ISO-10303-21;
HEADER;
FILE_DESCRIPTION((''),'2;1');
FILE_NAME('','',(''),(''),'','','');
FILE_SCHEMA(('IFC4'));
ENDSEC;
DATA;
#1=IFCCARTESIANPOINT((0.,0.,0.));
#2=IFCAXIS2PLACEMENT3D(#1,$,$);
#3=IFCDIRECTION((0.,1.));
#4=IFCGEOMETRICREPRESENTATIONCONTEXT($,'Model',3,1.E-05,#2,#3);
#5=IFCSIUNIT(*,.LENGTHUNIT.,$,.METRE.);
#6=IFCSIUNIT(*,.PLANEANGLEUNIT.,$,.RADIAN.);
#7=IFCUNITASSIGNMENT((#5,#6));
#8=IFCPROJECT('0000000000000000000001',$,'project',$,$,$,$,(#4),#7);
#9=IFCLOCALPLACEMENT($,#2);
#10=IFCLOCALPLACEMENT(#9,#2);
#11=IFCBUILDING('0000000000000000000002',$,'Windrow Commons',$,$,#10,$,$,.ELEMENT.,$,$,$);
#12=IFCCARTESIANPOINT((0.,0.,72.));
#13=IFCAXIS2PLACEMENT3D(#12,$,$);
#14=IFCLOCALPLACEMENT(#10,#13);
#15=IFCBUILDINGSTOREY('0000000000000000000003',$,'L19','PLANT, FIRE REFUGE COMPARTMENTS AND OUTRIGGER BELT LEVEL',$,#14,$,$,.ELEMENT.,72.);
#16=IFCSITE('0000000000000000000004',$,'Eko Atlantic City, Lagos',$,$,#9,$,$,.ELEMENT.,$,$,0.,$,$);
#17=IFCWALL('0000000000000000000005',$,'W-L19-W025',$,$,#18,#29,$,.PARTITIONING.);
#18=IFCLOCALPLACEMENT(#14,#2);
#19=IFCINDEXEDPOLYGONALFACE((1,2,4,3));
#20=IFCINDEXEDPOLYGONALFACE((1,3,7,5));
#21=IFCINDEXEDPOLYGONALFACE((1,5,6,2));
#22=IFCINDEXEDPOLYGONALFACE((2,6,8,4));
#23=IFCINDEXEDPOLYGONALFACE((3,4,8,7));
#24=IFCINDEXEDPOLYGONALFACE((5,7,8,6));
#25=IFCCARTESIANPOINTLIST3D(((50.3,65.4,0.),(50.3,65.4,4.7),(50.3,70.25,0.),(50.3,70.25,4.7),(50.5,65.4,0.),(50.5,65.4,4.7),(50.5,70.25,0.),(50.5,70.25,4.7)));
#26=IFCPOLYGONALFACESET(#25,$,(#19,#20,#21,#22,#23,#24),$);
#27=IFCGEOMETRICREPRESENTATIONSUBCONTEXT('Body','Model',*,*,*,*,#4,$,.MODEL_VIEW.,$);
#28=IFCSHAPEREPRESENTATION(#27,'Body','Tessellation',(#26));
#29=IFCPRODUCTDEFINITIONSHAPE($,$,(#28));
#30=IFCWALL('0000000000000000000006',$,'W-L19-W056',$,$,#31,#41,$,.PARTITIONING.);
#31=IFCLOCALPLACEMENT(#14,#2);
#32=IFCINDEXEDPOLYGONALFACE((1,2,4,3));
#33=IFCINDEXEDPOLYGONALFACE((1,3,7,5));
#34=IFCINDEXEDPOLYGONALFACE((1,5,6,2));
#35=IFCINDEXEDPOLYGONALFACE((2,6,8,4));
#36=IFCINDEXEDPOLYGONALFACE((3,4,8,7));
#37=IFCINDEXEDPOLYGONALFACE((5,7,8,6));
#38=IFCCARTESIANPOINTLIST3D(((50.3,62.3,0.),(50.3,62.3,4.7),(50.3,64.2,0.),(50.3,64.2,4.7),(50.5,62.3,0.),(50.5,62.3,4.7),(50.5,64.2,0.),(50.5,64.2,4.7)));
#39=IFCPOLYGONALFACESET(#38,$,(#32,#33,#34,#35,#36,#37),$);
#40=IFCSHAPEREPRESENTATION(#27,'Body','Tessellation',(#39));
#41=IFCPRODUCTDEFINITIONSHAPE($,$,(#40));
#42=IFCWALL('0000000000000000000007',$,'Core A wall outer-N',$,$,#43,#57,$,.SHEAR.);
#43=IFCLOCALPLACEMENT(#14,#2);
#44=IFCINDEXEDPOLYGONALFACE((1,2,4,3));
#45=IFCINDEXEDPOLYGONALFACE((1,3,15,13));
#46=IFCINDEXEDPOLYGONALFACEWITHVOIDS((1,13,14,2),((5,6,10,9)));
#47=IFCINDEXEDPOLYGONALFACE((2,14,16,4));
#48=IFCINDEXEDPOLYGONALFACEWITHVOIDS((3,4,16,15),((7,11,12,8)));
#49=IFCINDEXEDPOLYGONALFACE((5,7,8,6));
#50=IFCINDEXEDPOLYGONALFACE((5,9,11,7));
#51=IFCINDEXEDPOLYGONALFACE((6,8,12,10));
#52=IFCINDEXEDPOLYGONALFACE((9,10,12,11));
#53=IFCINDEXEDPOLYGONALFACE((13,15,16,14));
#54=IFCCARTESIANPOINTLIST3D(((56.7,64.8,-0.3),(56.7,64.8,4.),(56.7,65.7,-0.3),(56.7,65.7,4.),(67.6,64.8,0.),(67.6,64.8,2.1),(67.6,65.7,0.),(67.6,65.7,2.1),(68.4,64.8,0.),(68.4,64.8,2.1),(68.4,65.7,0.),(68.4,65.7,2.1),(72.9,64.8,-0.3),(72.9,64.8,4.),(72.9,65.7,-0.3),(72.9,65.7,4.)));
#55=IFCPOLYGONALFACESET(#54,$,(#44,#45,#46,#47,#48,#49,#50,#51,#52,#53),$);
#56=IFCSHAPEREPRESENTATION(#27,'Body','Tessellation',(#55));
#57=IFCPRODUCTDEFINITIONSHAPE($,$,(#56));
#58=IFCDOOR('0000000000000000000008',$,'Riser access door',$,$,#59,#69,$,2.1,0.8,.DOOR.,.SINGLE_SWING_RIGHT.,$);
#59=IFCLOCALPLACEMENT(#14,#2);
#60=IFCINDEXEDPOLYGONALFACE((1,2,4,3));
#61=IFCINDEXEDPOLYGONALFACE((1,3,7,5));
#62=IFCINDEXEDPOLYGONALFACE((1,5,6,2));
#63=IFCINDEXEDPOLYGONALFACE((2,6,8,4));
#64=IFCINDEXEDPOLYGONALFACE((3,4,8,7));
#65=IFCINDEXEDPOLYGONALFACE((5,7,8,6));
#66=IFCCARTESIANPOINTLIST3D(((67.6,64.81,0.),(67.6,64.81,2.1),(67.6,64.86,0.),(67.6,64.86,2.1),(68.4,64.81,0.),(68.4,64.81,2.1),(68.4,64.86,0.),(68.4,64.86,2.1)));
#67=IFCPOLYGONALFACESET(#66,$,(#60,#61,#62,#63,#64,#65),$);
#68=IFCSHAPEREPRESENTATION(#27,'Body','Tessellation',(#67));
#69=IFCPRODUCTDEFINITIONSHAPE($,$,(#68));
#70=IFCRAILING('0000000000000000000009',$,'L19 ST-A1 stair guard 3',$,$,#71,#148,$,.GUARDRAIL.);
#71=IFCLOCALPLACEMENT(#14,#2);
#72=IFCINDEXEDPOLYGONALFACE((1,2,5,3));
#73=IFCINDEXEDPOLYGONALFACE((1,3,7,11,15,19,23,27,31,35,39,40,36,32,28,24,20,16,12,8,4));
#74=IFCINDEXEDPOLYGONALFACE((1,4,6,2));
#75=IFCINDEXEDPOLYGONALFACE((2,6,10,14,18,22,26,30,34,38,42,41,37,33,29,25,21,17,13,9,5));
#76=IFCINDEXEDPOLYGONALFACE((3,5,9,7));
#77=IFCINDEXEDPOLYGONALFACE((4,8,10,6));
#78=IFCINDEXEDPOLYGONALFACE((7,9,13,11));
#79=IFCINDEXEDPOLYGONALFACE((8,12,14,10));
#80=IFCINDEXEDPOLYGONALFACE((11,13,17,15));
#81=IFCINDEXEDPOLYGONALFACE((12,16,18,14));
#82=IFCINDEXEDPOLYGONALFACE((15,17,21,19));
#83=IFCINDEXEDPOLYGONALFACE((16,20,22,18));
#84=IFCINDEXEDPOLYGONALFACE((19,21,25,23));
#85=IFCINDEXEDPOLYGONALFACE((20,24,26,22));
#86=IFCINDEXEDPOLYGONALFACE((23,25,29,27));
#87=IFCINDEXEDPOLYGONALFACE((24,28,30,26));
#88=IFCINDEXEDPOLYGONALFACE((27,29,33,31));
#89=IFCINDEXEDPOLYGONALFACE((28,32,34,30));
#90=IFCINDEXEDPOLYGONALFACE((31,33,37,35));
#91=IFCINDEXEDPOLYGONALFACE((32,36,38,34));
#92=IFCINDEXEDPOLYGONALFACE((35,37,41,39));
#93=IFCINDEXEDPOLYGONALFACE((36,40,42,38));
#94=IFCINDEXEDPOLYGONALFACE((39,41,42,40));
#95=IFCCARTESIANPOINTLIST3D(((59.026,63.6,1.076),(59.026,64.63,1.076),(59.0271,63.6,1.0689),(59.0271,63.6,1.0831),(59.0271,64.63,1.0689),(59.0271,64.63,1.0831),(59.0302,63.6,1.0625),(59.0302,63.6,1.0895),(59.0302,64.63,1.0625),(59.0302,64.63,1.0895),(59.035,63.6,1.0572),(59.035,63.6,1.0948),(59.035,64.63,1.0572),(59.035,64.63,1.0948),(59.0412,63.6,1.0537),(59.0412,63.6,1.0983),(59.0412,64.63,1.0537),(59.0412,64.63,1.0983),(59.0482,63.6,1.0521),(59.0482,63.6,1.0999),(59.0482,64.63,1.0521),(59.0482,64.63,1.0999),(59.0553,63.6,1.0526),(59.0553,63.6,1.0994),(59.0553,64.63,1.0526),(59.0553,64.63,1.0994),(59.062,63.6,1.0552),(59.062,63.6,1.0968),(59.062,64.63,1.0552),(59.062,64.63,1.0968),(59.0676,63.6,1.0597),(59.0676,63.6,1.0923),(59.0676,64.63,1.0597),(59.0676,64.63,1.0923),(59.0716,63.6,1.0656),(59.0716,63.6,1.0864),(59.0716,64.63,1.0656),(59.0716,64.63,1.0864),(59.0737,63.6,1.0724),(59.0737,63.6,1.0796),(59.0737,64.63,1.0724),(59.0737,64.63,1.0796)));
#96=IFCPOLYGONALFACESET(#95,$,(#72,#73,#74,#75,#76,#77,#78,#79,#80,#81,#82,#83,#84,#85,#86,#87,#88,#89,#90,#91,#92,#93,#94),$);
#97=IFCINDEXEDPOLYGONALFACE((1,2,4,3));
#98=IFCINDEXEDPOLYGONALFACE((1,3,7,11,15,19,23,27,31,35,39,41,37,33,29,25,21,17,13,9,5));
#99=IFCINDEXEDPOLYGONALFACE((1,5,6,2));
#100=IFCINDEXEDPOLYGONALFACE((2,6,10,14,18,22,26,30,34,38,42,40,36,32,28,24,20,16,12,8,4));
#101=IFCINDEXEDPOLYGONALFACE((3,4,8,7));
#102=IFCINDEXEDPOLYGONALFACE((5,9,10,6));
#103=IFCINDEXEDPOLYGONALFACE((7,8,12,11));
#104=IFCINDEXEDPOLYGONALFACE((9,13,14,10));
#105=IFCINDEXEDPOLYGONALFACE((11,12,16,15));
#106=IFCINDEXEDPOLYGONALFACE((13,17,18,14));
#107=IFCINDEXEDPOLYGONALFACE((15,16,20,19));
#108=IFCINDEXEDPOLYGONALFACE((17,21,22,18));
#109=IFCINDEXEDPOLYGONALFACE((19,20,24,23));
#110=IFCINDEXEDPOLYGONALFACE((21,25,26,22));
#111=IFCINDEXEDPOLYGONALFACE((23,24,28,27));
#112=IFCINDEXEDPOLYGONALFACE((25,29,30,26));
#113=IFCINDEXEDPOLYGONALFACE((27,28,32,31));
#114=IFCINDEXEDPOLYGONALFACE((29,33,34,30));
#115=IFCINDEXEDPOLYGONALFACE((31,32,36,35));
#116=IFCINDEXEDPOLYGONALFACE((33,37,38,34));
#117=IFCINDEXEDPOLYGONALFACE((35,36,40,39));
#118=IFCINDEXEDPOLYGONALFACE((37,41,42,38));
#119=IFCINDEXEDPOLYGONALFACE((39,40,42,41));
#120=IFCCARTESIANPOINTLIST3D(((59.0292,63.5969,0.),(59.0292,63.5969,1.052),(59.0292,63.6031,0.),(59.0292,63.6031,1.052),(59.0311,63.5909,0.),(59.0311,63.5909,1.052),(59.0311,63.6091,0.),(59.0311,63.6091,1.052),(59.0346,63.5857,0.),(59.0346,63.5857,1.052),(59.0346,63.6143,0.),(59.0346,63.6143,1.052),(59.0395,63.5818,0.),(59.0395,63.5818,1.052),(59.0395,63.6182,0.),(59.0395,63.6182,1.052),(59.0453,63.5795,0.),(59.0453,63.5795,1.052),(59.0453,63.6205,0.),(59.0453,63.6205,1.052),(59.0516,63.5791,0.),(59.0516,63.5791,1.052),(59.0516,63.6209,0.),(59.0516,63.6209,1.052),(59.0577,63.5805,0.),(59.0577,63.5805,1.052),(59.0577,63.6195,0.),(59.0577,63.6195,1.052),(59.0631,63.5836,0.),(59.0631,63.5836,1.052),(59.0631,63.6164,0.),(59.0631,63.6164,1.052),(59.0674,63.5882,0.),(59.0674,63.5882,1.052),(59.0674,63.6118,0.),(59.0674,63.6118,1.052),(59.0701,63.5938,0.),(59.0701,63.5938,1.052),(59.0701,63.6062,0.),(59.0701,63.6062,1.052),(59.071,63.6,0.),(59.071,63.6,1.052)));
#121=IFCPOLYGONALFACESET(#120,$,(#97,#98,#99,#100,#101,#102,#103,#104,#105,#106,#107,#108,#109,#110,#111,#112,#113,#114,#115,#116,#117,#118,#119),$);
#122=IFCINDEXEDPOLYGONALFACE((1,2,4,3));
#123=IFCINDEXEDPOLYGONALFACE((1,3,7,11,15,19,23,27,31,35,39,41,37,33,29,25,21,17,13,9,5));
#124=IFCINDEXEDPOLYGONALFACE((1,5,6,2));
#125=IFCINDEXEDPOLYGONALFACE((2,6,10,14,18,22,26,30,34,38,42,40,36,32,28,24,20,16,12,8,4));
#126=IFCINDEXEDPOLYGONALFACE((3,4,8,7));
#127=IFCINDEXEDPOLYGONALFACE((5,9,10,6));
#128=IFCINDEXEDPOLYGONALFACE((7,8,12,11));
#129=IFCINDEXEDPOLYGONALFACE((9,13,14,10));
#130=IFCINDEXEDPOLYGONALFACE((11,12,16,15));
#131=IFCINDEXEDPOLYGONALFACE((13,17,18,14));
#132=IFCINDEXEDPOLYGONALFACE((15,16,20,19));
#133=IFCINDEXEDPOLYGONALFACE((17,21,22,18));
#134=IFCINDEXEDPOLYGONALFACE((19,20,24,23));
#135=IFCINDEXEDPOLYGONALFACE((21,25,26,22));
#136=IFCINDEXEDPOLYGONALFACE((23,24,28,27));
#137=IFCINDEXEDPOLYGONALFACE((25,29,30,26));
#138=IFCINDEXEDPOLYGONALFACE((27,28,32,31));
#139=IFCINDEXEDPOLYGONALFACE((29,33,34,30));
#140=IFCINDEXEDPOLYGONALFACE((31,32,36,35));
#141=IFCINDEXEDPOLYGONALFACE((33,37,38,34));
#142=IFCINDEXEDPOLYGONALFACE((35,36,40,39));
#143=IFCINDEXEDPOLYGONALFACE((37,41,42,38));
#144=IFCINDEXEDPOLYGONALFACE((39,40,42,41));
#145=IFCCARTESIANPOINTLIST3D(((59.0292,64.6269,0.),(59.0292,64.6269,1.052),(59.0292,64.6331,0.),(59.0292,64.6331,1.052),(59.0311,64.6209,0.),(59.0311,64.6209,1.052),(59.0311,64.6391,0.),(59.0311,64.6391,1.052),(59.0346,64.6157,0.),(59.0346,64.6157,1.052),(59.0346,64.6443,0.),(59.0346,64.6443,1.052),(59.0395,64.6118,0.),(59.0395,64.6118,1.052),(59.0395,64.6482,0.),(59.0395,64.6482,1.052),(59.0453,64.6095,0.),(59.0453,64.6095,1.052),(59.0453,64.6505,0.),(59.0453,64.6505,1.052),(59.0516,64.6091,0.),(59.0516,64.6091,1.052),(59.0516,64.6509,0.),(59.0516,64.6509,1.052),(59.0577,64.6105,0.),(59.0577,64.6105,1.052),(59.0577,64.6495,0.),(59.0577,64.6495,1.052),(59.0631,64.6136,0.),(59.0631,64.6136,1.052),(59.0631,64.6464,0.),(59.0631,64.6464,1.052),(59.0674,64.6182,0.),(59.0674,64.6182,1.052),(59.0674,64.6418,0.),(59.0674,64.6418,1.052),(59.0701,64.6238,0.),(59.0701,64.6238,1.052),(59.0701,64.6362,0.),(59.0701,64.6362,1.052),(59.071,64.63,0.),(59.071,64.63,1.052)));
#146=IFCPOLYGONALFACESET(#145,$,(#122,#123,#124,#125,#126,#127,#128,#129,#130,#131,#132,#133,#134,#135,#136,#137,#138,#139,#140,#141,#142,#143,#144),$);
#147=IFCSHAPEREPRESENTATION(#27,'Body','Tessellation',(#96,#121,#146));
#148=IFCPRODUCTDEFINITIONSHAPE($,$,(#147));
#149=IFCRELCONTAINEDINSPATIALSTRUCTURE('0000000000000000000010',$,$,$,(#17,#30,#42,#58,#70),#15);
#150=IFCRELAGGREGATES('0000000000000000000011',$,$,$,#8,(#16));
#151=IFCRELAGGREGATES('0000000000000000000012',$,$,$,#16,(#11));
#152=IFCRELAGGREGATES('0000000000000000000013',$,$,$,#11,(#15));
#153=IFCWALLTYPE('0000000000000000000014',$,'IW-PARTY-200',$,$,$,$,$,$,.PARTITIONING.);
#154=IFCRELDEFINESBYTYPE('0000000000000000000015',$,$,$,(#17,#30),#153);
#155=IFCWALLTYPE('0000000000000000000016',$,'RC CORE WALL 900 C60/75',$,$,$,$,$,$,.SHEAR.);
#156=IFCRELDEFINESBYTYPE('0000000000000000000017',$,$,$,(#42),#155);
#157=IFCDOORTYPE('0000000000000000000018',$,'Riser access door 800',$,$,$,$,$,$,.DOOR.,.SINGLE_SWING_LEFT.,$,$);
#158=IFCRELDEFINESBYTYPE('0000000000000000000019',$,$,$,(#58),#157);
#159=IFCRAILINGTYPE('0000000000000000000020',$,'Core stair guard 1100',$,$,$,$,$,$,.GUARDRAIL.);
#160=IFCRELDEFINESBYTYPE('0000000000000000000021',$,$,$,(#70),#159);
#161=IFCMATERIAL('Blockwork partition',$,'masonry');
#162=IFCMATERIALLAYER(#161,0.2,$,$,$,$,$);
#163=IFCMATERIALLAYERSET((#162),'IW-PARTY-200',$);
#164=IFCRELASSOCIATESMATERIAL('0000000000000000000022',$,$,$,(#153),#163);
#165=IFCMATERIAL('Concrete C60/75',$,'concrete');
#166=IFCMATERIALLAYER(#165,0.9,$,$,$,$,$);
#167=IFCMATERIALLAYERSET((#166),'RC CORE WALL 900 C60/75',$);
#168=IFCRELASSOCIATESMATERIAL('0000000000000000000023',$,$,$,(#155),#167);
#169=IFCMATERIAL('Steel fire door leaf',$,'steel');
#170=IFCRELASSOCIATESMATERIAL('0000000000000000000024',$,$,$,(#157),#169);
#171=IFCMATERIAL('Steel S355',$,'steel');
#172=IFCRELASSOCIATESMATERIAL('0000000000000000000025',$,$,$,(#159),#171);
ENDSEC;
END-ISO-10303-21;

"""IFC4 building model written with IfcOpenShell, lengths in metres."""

from ifc_helpers import new_model, si_unit, direction, frame, frame_2d, origin, origin_2d, place, context, subcontext, project, spatial, rectangle, circle, extrude, material, layer, layer_set, type_object, element, fill, save


model = new_model("IFC4")

# Units and contexts
model_context = context("Model", 3, precision=1e-05, world=origin(), true_north=direction((0.0, 1.0)))
body_context = subcontext(model_context, "Body", "Model", "MODEL_VIEW")
ifc_project = project(units=[si_unit("LENGTHUNIT", "METRE"), si_unit("PLANEANGLEUNIT", "RADIAN")], contexts=[model_context])

# Site, building, storey
site_placement = place(None, origin())
site = spatial("IfcSite", under=ifc_project, at=site_placement, Name="Eko Atlantic City, Lagos", CompositionType="ELEMENT", RefElevation=0.0)
building_placement = place(site_placement, origin())
building = spatial("IfcBuilding", under=site, at=building_placement, Name="Windrow Commons", CompositionType="ELEMENT")
storey_placement = place(building_placement, frame((0.0, 0.0, 72.0)))
storey = spatial("IfcBuildingStorey", under=building, at=storey_placement, Name="L19", Description="PLANT, FIRE REFUGE COMPARTMENTS AND OUTRIGGER BELT LEVEL", CompositionType="ELEMENT", Elevation=72.0)

# Walls
ifc_material_1 = material(Name="Blockwork partition", Category="masonry")
ifc_layer_1 = layer(ifc_material_1, 0.2)
ifc_layer_set_1 = layer_set([ifc_layer_1], Name="IW-PARTY-200")
wall_type_1 = type_object("IfcWallType", Name="IW-PARTY-200", PredefinedType="PARTITIONING", material=ifc_layer_set_1)
wall_1_placement = place(storey_placement, frame((50.4, 65.4, 0.0), z_axis=(0.0, 0.0, 1.0), x_axis=(0.0, 1.0, 0.0)))
element("IfcWall", 1, at=wall_1_placement, inside=storey, type_object=wall_type_1, Name="W-L19-W025", PredefinedType="PARTITIONING", context=body_context, shape_type="SweptSolid", body=[
    extrude(rectangle(XDim=4.85, YDim=0.2, at=frame_2d((2.425, 0.0))), origin(), (0.0, 0.0, 1.0), 4.7),
])
wall_2_placement = place(storey_placement, frame((50.4, 62.3, 0.0), z_axis=(0.0, 0.0, 1.0), x_axis=(0.0, 1.0, 0.0)))
element("IfcWall", 2, at=wall_2_placement, inside=storey, type_object=wall_type_1, Name="W-L19-W056", PredefinedType="PARTITIONING", context=body_context, shape_type="SweptSolid", body=[
    extrude(rectangle(XDim=1.9, YDim=0.2, at=frame_2d((0.95, 0.0))), origin(), (0.0, 0.0, 1.0), 4.7),
])

# Wall, opening, door
ifc_material_2 = material(Name="Concrete C60/75", Category="concrete")
ifc_layer_2 = layer(ifc_material_2, 0.9)
ifc_layer_set_2 = layer_set([ifc_layer_2], Name="RC CORE WALL 900 C60/75")
wall_type_2 = type_object("IfcWallType", Name="RC CORE WALL 900 C60/75", PredefinedType="SHEAR", material=ifc_layer_set_2)
wall_3_placement = place(storey_placement, frame((56.7, 65.25, -0.3), z_axis=(0.0, 0.0, 1.0), x_axis=(1.0, 0.0, 0.0)))
wall_3 = element("IfcWall", 3, at=wall_3_placement, inside=storey, type_object=wall_type_2, Name="Core A wall outer-N", PredefinedType="SHEAR", context=body_context, shape_type="SweptSolid", body=[
    extrude(rectangle(XDim=16.2, YDim=0.9, at=frame_2d((8.1, 0.0))), origin(), (0.0, 0.0, 1.0), 4.3),
])
opening_1_placement = place(wall_3_placement, frame((10.9, 0.0, 0.3)))
opening_1 = element("IfcOpeningElement", 4, at=opening_1_placement, cuts=wall_3, PredefinedType="OPENING", context=body_context, shape_type="SweptSolid", body=[
    extrude(rectangle(XDim=0.8, YDim=2.1, at=frame_2d((0.4, 1.05))), frame((0.0, 0.46, 0.0), z_axis=(0.0, -1.0, 0.0), x_axis=(1.0, 0.0, 0.0)), (0.0, 0.0, 1.0), 0.92),
])
ifc_material_3 = material(Name="Steel fire door leaf", Category="steel")
door_type_1 = type_object("IfcDoorType", Name="Riser access door 800", OperationType="SINGLE_SWING_LEFT", PredefinedType="DOOR", material=ifc_material_3)
door_1_placement = place(opening_1_placement, origin())
door_1 = element("IfcDoor", 5, at=door_1_placement, inside=storey, type_object=door_type_1, Name="Riser access door", OperationType="SINGLE_SWING_RIGHT", OverallHeight=2.1, OverallWidth=0.8, PredefinedType="DOOR", context=body_context, shape_type="SweptSolid", body=[
    extrude(rectangle(XDim=0.8, YDim=2.1, at=frame_2d((0.4, 1.05))), frame((0.0, -0.39, 0.0), z_axis=(0.0, -1.0, 0.0), x_axis=(1.0, 0.0, 0.0)), (0.0, 0.0, 1.0), 0.05),
])
fill(opening_1, door_1)

# Railing
ifc_material_4 = material(Name="Steel S355", Category="steel")
railing_type = type_object("IfcRailingType", Name="Core stair guard 1100", PredefinedType="GUARDRAIL", material=ifc_material_4)
railing_placement = place(storey_placement, frame((59.05, 63.6, 0.0)))
element("IfcRailing", 6, at=railing_placement, inside=storey, type_object=railing_type, Name="L19 ST-A1 stair guard 3", PredefinedType="GUARDRAIL", context=body_context, shape_type="SweptSolid", body=[
    extrude(circle(Radius=0.024, at=origin_2d()), frame((0.0, 0.0, 1.076), z_axis=(0.0, 1.0, 0.0), x_axis=(-1.0, 0.0, 0.0)), (0.0, 0.0, 1.0), 1.03),
    extrude(circle(Radius=0.021, at=origin_2d()), origin(), (0.0, 0.0, 1.0), 1.052),
    extrude(circle(Radius=0.021, at=origin_2d()), frame((0.0, 1.03, 0.0)), (0.0, 0.0, 1.0), 1.052),
])

save(model, "model.ifc")
